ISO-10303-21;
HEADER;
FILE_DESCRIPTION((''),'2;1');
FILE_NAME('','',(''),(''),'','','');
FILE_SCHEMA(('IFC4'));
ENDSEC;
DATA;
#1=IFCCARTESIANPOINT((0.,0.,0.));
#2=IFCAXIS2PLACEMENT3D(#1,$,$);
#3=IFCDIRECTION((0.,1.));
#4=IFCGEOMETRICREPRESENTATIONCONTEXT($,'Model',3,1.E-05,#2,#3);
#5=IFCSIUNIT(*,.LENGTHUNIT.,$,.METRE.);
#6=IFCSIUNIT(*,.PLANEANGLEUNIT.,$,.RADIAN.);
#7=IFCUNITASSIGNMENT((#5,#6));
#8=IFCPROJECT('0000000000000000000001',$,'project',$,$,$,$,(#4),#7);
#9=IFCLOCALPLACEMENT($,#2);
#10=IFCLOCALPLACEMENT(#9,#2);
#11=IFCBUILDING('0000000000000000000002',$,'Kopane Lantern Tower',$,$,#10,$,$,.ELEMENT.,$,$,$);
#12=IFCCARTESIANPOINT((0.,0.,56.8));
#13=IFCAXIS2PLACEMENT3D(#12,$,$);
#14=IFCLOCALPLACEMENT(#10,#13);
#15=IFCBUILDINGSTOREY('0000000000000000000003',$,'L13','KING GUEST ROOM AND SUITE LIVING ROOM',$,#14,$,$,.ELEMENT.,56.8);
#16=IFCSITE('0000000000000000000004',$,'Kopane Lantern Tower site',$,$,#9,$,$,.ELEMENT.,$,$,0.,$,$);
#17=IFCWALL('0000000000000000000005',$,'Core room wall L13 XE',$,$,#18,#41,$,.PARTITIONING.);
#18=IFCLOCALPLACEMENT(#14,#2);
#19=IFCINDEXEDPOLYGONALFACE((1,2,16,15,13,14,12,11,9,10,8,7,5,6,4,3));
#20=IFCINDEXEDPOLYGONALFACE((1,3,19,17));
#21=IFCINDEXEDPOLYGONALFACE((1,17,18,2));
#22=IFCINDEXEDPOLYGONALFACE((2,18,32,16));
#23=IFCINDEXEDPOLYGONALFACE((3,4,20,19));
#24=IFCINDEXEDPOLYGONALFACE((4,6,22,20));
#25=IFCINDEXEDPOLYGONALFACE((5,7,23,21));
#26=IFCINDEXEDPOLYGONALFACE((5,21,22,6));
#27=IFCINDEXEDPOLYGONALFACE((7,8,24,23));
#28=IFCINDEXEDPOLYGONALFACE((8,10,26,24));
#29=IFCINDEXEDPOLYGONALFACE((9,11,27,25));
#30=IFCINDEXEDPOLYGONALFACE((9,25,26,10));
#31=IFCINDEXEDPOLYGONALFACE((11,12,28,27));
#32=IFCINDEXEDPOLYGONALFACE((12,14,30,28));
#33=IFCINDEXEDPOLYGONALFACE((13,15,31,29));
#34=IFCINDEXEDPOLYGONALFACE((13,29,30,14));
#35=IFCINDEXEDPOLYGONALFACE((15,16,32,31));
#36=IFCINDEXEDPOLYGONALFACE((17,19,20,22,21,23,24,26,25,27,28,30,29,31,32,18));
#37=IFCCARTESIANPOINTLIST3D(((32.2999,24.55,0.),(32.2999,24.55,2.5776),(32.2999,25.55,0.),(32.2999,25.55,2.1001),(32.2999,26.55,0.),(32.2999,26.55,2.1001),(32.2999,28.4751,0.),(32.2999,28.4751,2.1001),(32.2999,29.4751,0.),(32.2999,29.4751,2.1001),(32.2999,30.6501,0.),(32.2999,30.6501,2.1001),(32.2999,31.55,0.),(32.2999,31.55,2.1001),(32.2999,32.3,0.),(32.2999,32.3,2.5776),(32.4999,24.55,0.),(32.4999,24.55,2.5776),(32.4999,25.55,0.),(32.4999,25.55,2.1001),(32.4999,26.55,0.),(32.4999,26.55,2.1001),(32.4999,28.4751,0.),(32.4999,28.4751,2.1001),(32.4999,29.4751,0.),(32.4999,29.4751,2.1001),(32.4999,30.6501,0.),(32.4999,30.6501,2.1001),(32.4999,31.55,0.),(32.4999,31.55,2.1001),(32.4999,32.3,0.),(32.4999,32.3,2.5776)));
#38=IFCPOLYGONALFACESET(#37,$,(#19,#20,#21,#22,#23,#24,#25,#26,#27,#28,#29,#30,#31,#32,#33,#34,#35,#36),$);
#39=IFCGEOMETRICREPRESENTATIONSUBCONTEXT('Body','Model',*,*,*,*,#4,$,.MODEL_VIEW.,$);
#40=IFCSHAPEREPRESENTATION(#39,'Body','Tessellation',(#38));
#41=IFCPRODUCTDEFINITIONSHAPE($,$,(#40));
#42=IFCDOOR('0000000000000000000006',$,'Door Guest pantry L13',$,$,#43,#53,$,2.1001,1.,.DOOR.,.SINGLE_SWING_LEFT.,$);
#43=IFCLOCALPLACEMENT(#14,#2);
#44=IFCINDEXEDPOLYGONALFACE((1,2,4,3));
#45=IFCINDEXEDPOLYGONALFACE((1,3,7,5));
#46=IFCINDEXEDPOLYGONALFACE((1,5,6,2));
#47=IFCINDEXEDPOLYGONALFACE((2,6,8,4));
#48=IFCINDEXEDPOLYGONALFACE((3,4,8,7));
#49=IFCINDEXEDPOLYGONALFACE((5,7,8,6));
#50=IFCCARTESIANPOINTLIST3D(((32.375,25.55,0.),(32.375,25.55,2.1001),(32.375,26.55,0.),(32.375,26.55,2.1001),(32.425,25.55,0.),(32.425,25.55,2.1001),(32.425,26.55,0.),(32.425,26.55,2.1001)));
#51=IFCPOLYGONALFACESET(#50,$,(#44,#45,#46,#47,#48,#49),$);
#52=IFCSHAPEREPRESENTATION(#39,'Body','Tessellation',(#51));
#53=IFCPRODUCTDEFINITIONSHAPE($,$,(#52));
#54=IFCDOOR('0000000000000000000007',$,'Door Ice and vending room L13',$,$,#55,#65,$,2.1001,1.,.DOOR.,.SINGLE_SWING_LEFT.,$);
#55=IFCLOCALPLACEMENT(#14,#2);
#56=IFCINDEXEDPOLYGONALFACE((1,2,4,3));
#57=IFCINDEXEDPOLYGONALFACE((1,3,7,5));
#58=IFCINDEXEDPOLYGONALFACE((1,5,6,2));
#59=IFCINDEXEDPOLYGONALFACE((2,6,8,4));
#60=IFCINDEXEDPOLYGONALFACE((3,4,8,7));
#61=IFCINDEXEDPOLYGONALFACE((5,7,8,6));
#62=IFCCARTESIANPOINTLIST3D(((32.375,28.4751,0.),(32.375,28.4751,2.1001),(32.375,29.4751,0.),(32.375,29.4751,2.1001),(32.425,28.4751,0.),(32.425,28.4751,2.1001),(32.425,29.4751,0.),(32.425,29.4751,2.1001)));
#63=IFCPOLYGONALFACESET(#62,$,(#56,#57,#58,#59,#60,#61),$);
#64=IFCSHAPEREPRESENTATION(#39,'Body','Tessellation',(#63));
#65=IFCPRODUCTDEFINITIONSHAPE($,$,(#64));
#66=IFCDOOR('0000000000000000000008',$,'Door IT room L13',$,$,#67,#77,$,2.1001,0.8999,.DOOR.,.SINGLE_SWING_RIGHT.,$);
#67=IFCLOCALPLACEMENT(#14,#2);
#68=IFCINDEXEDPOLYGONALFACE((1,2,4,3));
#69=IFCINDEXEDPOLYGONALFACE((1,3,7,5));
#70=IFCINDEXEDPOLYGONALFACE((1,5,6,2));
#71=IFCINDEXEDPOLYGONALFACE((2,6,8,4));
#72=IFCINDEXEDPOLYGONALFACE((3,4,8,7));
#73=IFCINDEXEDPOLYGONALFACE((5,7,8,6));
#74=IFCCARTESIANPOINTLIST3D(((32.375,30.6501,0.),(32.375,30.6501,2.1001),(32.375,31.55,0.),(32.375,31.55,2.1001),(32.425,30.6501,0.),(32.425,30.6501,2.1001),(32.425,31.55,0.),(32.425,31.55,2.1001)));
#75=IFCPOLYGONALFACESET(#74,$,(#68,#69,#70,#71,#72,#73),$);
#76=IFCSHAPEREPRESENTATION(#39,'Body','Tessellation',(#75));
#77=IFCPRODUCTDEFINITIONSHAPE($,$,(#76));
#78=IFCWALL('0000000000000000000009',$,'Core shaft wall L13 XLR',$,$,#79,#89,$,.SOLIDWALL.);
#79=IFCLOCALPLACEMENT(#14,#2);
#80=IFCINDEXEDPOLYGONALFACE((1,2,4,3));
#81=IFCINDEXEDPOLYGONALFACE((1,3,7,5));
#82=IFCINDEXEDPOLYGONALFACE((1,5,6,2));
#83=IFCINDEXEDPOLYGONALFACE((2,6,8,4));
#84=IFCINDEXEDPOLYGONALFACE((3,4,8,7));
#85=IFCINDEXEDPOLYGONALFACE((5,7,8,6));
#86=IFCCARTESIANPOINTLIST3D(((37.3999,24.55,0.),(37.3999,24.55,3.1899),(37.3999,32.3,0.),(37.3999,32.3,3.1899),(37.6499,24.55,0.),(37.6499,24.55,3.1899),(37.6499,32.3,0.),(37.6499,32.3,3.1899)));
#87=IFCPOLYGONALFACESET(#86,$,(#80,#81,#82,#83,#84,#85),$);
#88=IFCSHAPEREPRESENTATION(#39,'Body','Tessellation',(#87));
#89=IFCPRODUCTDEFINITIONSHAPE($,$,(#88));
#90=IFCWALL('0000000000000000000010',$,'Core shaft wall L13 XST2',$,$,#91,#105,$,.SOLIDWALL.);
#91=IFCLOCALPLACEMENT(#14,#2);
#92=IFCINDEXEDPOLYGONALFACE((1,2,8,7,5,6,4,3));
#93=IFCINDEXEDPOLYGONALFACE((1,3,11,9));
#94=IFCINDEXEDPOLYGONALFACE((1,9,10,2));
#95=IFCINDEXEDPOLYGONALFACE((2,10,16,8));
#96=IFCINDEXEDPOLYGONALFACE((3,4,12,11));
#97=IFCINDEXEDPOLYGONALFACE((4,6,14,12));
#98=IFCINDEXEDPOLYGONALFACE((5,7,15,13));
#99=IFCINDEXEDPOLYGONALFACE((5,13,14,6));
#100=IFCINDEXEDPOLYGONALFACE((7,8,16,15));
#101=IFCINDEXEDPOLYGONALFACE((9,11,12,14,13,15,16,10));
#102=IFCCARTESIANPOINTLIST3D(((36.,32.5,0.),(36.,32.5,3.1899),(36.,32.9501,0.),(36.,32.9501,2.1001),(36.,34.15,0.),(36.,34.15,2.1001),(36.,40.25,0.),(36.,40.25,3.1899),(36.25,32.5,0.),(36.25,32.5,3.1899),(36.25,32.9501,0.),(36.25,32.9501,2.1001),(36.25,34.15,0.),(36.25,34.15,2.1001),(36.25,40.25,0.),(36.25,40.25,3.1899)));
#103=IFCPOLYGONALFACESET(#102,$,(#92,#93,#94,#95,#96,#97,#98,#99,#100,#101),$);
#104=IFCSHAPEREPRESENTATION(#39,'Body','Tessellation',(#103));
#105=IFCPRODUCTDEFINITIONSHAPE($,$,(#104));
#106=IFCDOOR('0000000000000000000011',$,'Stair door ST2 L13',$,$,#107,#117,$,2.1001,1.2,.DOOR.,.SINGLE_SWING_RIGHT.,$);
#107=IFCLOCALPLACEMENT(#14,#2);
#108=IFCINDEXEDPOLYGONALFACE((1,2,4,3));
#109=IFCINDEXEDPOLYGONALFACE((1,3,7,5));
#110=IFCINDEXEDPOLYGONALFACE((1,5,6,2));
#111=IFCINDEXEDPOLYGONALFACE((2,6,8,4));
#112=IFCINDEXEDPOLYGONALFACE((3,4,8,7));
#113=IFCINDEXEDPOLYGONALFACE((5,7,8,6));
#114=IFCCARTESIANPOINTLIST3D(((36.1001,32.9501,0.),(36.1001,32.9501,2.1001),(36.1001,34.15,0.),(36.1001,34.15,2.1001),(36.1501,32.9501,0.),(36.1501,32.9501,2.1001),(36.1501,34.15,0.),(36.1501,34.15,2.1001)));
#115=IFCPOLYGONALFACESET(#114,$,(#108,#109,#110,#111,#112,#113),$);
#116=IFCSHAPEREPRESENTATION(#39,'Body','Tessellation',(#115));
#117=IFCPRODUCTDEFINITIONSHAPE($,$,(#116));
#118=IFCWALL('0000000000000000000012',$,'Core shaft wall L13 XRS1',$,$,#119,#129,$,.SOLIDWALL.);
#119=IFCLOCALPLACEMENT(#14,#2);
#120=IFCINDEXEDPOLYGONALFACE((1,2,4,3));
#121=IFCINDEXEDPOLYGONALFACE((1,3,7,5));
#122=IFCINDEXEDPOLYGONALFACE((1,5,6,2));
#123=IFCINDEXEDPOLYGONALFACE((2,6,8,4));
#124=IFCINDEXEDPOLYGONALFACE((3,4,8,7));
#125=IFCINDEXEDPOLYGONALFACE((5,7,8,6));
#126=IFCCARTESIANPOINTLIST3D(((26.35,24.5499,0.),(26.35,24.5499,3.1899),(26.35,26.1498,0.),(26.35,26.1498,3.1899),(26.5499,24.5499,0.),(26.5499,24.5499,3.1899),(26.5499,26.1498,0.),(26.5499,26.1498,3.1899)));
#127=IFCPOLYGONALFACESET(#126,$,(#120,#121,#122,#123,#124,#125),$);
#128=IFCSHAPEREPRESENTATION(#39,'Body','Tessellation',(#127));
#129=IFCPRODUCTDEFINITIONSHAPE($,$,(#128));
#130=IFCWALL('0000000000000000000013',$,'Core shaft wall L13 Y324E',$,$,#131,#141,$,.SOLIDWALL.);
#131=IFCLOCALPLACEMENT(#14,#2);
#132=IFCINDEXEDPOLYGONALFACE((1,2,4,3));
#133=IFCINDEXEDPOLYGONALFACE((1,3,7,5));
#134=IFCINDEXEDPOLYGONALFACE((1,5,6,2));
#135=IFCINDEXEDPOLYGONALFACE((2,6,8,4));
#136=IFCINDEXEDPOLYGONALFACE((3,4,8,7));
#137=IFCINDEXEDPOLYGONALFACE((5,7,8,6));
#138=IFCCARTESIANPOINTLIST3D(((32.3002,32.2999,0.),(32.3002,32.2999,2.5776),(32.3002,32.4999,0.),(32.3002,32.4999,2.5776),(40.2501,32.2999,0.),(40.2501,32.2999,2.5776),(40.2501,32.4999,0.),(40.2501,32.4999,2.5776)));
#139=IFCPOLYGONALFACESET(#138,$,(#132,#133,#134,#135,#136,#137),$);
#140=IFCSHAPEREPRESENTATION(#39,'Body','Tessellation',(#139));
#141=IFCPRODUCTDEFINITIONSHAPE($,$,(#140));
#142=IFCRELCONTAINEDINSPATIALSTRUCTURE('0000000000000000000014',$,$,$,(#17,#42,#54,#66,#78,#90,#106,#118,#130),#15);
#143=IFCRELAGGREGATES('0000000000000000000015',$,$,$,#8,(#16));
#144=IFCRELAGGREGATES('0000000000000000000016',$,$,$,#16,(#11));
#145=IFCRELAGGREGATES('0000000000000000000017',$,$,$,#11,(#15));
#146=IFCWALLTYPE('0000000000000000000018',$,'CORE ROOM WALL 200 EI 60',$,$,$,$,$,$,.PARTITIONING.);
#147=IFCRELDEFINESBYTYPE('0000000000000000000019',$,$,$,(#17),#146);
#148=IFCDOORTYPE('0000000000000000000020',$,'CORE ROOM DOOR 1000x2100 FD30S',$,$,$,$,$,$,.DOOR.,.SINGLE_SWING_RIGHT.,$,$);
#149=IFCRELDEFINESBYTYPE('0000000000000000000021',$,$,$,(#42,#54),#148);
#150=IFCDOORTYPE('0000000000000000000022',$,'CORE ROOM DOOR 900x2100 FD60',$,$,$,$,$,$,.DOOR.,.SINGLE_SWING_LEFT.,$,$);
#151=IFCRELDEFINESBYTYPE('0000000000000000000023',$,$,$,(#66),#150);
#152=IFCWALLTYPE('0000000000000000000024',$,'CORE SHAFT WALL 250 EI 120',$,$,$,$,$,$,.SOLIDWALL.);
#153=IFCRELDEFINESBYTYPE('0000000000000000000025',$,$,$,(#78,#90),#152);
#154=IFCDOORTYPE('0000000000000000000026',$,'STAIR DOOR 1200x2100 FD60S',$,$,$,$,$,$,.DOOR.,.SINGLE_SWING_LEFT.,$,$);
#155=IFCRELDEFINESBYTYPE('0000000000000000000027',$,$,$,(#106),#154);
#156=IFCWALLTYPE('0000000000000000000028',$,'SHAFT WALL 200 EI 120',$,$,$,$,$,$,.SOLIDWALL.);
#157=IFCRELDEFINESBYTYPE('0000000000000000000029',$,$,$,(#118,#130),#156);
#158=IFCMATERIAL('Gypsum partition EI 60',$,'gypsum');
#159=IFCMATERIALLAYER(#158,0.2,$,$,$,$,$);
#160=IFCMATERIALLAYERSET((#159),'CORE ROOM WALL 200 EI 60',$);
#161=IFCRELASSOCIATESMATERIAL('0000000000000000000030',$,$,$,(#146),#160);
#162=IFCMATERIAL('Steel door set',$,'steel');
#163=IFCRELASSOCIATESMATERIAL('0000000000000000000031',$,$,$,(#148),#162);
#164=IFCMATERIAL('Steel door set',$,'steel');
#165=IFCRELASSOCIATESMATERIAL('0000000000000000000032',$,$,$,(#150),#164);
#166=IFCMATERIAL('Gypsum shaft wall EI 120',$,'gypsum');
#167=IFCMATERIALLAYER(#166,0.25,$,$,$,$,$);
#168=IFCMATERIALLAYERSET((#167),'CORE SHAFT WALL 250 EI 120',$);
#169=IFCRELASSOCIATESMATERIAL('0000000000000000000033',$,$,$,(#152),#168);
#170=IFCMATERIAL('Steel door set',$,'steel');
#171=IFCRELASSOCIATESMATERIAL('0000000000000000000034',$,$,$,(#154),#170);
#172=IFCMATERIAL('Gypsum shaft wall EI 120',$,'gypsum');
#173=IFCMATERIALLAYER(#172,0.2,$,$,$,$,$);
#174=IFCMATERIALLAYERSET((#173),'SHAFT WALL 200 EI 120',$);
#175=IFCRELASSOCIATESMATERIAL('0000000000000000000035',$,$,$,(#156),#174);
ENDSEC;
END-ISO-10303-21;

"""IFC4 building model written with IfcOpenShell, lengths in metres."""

from ifc_helpers import new_model, si_unit, direction, frame, frame_2d, origin, place, context, subcontext, project, spatial, rectangle, extrude, material, layer, layer_set, type_object, element, fill, save


model = new_model("IFC4")

# Units and contexts
model_context = context("Model", 3, precision=1e-05, world=origin(), true_north=direction((0.0, 1.0)))
body_context = subcontext(model_context, "Body", "Model", "MODEL_VIEW")
ifc_project = project(units=[si_unit("LENGTHUNIT", "METRE"), si_unit("PLANEANGLEUNIT", "RADIAN")], contexts=[model_context])

# Site, building, storey
site_placement = place(None, origin())
site = spatial("IfcSite", under=ifc_project, at=site_placement, Name="Kopane Lantern Tower site", CompositionType="ELEMENT", RefElevation=0.0)
building_placement = place(site_placement, origin())
building = spatial("IfcBuilding", under=site, at=building_placement, Name="Kopane Lantern Tower", CompositionType="ELEMENT")
storey_placement = place(building_placement, frame((0.0, 0.0, 56.8)))
storey = spatial("IfcBuildingStorey", under=building, at=storey_placement, Name="L13", Description="KING GUEST ROOM AND SUITE LIVING ROOM", CompositionType="ELEMENT", Elevation=56.8)

# Wall, openings, doors
ifc_material_1 = material(Name="Gypsum partition EI 60", Category="gypsum")
ifc_layer_1 = layer(ifc_material_1, 0.2)
ifc_layer_set_1 = layer_set([ifc_layer_1], Name="CORE ROOM WALL 200 EI 60")
wall_type_1 = type_object("IfcWallType", Name="CORE ROOM WALL 200 EI 60", PredefinedType="PARTITIONING", material=ifc_layer_set_1)
wall_1_placement = place(storey_placement, frame((32.3999, 24.55, 0.0), z_axis=(0.0, 0.0, 1.0), x_axis=(0.0, 1.0, 0.0)))
wall_1 = element("IfcWall", 1, at=wall_1_placement, inside=storey, type_object=wall_type_1, Name="Core room wall L13 XE", PredefinedType="PARTITIONING", context=body_context, shape_type="SweptSolid", body=[
    extrude(rectangle(XDim=7.75, YDim=0.2, at=frame_2d((3.875, 0.0))), origin(), (0.0, 0.0, 1.0), 2.5776),
])
opening_1_placement = place(wall_1_placement, frame((1.0, 0.0, 0.0)))
opening_1 = element("IfcOpeningElement", 2, at=opening_1_placement, cuts=wall_1, PredefinedType="OPENING", context=body_context, shape_type="SweptSolid", body=[
    extrude(rectangle(XDim=1.0, YDim=2.1001, at=frame_2d((0.5, 1.05))), frame((0.0, 0.1099, 0.0), z_axis=(0.0, -1.0, 0.0), x_axis=(1.0, 0.0, 0.0)), (0.0, 0.0, 1.0), 0.22),
])
opening_2_placement = place(wall_1_placement, frame((3.925, 0.0, 0.0)))
opening_2 = element("IfcOpeningElement", 3, at=opening_2_placement, cuts=wall_1, PredefinedType="OPENING", context=body_context, shape_type="SweptSolid", body=[
    extrude(rectangle(XDim=1.0, YDim=2.1001, at=frame_2d((0.5, 1.05))), frame((0.0, 0.1099, 0.0), z_axis=(0.0, -1.0, 0.0), x_axis=(1.0, 0.0, 0.0)), (0.0, 0.0, 1.0), 0.22),
])
opening_3_placement = place(wall_1_placement, frame((6.1001, 0.0, 0.0)))
opening_3 = element("IfcOpeningElement", 4, at=opening_3_placement, cuts=wall_1, PredefinedType="OPENING", context=body_context, shape_type="SweptSolid", body=[
    extrude(rectangle(XDim=0.8999, YDim=2.1001, at=frame_2d((0.45, 1.05))), frame((0.0, 0.1099, 0.0), z_axis=(0.0, -1.0, 0.0), x_axis=(1.0, 0.0, 0.0)), (0.0, 0.0, 1.0), 0.22),
])
ifc_material_2 = material(Name="Steel door set", Category="steel")
door_type_1 = type_object("IfcDoorType", Name="CORE ROOM DOOR 1000x2100 FD30S", OperationType="SINGLE_SWING_RIGHT", PredefinedType="DOOR", material=ifc_material_2)
door_1_placement = place(opening_1_placement, origin())
door_1 = element("IfcDoor", 5, at=door_1_placement, inside=storey, type_object=door_type_1, Name="Door Guest pantry L13", OperationType="SINGLE_SWING_LEFT", OverallHeight=2.1001, OverallWidth=1.0, PredefinedType="DOOR", context=body_context, shape_type="SweptSolid", body=[
    extrude(rectangle(XDim=1.0, YDim=2.1001, at=frame_2d((0.5, 1.05))), frame((0.0, 0.0249, 0.0), z_axis=(0.0, -1.0, 0.0), x_axis=(1.0, 0.0, 0.0)), (0.0, 0.0, 1.0), 0.05),
])
fill(opening_1, door_1)
door_2_placement = place(opening_2_placement, origin())
door_2 = element("IfcDoor", 6, at=door_2_placement, inside=storey, type_object=door_type_1, Name="Door Ice and vending room L13", OperationType="SINGLE_SWING_LEFT", OverallHeight=2.1001, OverallWidth=1.0, PredefinedType="DOOR", context=body_context, shape_type="SweptSolid", body=[
    extrude(rectangle(XDim=1.0, YDim=2.1001, at=frame_2d((0.5, 1.05))), frame((0.0, 0.0249, 0.0), z_axis=(0.0, -1.0, 0.0), x_axis=(1.0, 0.0, 0.0)), (0.0, 0.0, 1.0), 0.05),
])
fill(opening_2, door_2)
ifc_material_3 = material(Name="Steel door set", Category="steel")
door_type_2 = type_object("IfcDoorType", Name="CORE ROOM DOOR 900x2100 FD60", OperationType="SINGLE_SWING_LEFT", PredefinedType="DOOR", material=ifc_material_3)
door_3_placement = place(opening_3_placement, origin())
door_3 = element("IfcDoor", 7, at=door_3_placement, inside=storey, type_object=door_type_2, Name="Door IT room L13", OperationType="SINGLE_SWING_RIGHT", OverallHeight=2.1001, OverallWidth=0.8999, PredefinedType="DOOR", context=body_context, shape_type="SweptSolid", body=[
    extrude(rectangle(XDim=0.8999, YDim=2.1001, at=frame_2d((0.45, 1.05))), frame((0.0, 0.0249, 0.0), z_axis=(0.0, -1.0, 0.0), x_axis=(1.0, 0.0, 0.0)), (0.0, 0.0, 1.0), 0.05),
])
fill(opening_3, door_3)

# Wall
ifc_material_4 = material(Name="Gypsum shaft wall EI 120", Category="gypsum")
ifc_layer_2 = layer(ifc_material_4, 0.25)
ifc_layer_set_2 = layer_set([ifc_layer_2], Name="CORE SHAFT WALL 250 EI 120")
wall_type_2 = type_object("IfcWallType", Name="CORE SHAFT WALL 250 EI 120", PredefinedType="SOLIDWALL", material=ifc_layer_set_2)
wall_2_placement = place(storey_placement, frame((37.5249, 24.55, 0.0), z_axis=(0.0, 0.0, 1.0), x_axis=(0.0, 1.0, 0.0)))
element("IfcWall", 8, at=wall_2_placement, inside=storey, type_object=wall_type_2, Name="Core shaft wall L13 XLR", PredefinedType="SOLIDWALL", context=body_context, shape_type="SweptSolid", body=[
    extrude(rectangle(XDim=7.75, YDim=0.25, at=frame_2d((3.875, 0.0))), origin(), (0.0, 0.0, 1.0), 3.1899),
])

# Wall, opening, door
wall_3_placement = place(storey_placement, frame((36.125, 32.5, 0.0), z_axis=(0.0, 0.0, 1.0), x_axis=(0.0, 1.0, 0.0)))
wall_3 = element("IfcWall", 9, at=wall_3_placement, inside=storey, type_object=wall_type_2, Name="Core shaft wall L13 XST2", PredefinedType="SOLIDWALL", context=body_context, shape_type="SweptSolid", body=[
    extrude(rectangle(XDim=7.75, YDim=0.25, at=frame_2d((3.875, 0.0))), origin(), (0.0, 0.0, 1.0), 3.1899),
])
opening_4_placement = place(wall_3_placement, frame((0.45, 0.0, 0.0)))
opening_4 = element("IfcOpeningElement", 10, at=opening_4_placement, cuts=wall_3, PredefinedType="OPENING", context=body_context, shape_type="SweptSolid", body=[
    extrude(rectangle(XDim=1.2, YDim=2.1001, at=frame_2d((0.6001, 1.05))), frame((0.0, 0.135, 0.0), z_axis=(0.0, -1.0, 0.0), x_axis=(1.0, 0.0, 0.0)), (0.0, 0.0, 1.0), 0.27),
])
ifc_material_5 = material(Name="Steel door set", Category="steel")
door_type_3 = type_object("IfcDoorType", Name="STAIR DOOR 1200x2100 FD60S", OperationType="SINGLE_SWING_LEFT", PredefinedType="DOOR", material=ifc_material_5)
door_4_placement = place(opening_4_placement, origin())
door_4 = element("IfcDoor", 11, at=door_4_placement, inside=storey, type_object=door_type_3, Name="Stair door ST2 L13", OperationType="SINGLE_SWING_RIGHT", OverallHeight=2.1001, OverallWidth=1.2, PredefinedType="DOOR", context=body_context, shape_type="SweptSolid", body=[
    extrude(rectangle(XDim=1.2, YDim=2.1001, at=frame_2d((0.6001, 1.05))), frame((0.0, 0.0249, 0.0), z_axis=(0.0, -1.0, 0.0), x_axis=(1.0, 0.0, 0.0)), (0.0, 0.0, 1.0), 0.05),
])
fill(opening_4, door_4)

# Walls
ifc_material_6 = material(Name="Gypsum shaft wall EI 120", Category="gypsum")
ifc_layer_3 = layer(ifc_material_6, 0.2)
ifc_layer_set_3 = layer_set([ifc_layer_3], Name="SHAFT WALL 200 EI 120")
wall_type_3 = type_object("IfcWallType", Name="SHAFT WALL 200 EI 120", PredefinedType="SOLIDWALL", material=ifc_layer_set_3)
wall_4_placement = place(storey_placement, frame((26.45, 24.55, 0.0), z_axis=(0.0, 0.0, 1.0), x_axis=(0.0, 1.0, 0.0)))
element("IfcWall", 12, at=wall_4_placement, inside=storey, type_object=wall_type_3, Name="Core shaft wall L13 XRS1", PredefinedType="SOLIDWALL", context=body_context, shape_type="SweptSolid", body=[
    extrude(rectangle(XDim=1.5999, YDim=0.2, at=frame_2d((0.7998, 0.0))), origin(), (0.0, 0.0, 1.0), 3.1899),
])
wall_5_placement = place(storey_placement, frame((32.3, 32.3999, 0.0), z_axis=(0.0, 0.0, 1.0), x_axis=(1.0, 0.0, 0.0)))
element("IfcWall", 13, at=wall_5_placement, inside=storey, type_object=wall_type_3, Name="Core shaft wall L13 Y324E", PredefinedType="SOLIDWALL", context=body_context, shape_type="SweptSolid", body=[
    extrude(rectangle(XDim=7.95, YDim=0.2, at=frame_2d((3.9751, 0.0))), origin(), (0.0, 0.0, 1.0), 2.5776),
])

save(model, "model.ifc")
